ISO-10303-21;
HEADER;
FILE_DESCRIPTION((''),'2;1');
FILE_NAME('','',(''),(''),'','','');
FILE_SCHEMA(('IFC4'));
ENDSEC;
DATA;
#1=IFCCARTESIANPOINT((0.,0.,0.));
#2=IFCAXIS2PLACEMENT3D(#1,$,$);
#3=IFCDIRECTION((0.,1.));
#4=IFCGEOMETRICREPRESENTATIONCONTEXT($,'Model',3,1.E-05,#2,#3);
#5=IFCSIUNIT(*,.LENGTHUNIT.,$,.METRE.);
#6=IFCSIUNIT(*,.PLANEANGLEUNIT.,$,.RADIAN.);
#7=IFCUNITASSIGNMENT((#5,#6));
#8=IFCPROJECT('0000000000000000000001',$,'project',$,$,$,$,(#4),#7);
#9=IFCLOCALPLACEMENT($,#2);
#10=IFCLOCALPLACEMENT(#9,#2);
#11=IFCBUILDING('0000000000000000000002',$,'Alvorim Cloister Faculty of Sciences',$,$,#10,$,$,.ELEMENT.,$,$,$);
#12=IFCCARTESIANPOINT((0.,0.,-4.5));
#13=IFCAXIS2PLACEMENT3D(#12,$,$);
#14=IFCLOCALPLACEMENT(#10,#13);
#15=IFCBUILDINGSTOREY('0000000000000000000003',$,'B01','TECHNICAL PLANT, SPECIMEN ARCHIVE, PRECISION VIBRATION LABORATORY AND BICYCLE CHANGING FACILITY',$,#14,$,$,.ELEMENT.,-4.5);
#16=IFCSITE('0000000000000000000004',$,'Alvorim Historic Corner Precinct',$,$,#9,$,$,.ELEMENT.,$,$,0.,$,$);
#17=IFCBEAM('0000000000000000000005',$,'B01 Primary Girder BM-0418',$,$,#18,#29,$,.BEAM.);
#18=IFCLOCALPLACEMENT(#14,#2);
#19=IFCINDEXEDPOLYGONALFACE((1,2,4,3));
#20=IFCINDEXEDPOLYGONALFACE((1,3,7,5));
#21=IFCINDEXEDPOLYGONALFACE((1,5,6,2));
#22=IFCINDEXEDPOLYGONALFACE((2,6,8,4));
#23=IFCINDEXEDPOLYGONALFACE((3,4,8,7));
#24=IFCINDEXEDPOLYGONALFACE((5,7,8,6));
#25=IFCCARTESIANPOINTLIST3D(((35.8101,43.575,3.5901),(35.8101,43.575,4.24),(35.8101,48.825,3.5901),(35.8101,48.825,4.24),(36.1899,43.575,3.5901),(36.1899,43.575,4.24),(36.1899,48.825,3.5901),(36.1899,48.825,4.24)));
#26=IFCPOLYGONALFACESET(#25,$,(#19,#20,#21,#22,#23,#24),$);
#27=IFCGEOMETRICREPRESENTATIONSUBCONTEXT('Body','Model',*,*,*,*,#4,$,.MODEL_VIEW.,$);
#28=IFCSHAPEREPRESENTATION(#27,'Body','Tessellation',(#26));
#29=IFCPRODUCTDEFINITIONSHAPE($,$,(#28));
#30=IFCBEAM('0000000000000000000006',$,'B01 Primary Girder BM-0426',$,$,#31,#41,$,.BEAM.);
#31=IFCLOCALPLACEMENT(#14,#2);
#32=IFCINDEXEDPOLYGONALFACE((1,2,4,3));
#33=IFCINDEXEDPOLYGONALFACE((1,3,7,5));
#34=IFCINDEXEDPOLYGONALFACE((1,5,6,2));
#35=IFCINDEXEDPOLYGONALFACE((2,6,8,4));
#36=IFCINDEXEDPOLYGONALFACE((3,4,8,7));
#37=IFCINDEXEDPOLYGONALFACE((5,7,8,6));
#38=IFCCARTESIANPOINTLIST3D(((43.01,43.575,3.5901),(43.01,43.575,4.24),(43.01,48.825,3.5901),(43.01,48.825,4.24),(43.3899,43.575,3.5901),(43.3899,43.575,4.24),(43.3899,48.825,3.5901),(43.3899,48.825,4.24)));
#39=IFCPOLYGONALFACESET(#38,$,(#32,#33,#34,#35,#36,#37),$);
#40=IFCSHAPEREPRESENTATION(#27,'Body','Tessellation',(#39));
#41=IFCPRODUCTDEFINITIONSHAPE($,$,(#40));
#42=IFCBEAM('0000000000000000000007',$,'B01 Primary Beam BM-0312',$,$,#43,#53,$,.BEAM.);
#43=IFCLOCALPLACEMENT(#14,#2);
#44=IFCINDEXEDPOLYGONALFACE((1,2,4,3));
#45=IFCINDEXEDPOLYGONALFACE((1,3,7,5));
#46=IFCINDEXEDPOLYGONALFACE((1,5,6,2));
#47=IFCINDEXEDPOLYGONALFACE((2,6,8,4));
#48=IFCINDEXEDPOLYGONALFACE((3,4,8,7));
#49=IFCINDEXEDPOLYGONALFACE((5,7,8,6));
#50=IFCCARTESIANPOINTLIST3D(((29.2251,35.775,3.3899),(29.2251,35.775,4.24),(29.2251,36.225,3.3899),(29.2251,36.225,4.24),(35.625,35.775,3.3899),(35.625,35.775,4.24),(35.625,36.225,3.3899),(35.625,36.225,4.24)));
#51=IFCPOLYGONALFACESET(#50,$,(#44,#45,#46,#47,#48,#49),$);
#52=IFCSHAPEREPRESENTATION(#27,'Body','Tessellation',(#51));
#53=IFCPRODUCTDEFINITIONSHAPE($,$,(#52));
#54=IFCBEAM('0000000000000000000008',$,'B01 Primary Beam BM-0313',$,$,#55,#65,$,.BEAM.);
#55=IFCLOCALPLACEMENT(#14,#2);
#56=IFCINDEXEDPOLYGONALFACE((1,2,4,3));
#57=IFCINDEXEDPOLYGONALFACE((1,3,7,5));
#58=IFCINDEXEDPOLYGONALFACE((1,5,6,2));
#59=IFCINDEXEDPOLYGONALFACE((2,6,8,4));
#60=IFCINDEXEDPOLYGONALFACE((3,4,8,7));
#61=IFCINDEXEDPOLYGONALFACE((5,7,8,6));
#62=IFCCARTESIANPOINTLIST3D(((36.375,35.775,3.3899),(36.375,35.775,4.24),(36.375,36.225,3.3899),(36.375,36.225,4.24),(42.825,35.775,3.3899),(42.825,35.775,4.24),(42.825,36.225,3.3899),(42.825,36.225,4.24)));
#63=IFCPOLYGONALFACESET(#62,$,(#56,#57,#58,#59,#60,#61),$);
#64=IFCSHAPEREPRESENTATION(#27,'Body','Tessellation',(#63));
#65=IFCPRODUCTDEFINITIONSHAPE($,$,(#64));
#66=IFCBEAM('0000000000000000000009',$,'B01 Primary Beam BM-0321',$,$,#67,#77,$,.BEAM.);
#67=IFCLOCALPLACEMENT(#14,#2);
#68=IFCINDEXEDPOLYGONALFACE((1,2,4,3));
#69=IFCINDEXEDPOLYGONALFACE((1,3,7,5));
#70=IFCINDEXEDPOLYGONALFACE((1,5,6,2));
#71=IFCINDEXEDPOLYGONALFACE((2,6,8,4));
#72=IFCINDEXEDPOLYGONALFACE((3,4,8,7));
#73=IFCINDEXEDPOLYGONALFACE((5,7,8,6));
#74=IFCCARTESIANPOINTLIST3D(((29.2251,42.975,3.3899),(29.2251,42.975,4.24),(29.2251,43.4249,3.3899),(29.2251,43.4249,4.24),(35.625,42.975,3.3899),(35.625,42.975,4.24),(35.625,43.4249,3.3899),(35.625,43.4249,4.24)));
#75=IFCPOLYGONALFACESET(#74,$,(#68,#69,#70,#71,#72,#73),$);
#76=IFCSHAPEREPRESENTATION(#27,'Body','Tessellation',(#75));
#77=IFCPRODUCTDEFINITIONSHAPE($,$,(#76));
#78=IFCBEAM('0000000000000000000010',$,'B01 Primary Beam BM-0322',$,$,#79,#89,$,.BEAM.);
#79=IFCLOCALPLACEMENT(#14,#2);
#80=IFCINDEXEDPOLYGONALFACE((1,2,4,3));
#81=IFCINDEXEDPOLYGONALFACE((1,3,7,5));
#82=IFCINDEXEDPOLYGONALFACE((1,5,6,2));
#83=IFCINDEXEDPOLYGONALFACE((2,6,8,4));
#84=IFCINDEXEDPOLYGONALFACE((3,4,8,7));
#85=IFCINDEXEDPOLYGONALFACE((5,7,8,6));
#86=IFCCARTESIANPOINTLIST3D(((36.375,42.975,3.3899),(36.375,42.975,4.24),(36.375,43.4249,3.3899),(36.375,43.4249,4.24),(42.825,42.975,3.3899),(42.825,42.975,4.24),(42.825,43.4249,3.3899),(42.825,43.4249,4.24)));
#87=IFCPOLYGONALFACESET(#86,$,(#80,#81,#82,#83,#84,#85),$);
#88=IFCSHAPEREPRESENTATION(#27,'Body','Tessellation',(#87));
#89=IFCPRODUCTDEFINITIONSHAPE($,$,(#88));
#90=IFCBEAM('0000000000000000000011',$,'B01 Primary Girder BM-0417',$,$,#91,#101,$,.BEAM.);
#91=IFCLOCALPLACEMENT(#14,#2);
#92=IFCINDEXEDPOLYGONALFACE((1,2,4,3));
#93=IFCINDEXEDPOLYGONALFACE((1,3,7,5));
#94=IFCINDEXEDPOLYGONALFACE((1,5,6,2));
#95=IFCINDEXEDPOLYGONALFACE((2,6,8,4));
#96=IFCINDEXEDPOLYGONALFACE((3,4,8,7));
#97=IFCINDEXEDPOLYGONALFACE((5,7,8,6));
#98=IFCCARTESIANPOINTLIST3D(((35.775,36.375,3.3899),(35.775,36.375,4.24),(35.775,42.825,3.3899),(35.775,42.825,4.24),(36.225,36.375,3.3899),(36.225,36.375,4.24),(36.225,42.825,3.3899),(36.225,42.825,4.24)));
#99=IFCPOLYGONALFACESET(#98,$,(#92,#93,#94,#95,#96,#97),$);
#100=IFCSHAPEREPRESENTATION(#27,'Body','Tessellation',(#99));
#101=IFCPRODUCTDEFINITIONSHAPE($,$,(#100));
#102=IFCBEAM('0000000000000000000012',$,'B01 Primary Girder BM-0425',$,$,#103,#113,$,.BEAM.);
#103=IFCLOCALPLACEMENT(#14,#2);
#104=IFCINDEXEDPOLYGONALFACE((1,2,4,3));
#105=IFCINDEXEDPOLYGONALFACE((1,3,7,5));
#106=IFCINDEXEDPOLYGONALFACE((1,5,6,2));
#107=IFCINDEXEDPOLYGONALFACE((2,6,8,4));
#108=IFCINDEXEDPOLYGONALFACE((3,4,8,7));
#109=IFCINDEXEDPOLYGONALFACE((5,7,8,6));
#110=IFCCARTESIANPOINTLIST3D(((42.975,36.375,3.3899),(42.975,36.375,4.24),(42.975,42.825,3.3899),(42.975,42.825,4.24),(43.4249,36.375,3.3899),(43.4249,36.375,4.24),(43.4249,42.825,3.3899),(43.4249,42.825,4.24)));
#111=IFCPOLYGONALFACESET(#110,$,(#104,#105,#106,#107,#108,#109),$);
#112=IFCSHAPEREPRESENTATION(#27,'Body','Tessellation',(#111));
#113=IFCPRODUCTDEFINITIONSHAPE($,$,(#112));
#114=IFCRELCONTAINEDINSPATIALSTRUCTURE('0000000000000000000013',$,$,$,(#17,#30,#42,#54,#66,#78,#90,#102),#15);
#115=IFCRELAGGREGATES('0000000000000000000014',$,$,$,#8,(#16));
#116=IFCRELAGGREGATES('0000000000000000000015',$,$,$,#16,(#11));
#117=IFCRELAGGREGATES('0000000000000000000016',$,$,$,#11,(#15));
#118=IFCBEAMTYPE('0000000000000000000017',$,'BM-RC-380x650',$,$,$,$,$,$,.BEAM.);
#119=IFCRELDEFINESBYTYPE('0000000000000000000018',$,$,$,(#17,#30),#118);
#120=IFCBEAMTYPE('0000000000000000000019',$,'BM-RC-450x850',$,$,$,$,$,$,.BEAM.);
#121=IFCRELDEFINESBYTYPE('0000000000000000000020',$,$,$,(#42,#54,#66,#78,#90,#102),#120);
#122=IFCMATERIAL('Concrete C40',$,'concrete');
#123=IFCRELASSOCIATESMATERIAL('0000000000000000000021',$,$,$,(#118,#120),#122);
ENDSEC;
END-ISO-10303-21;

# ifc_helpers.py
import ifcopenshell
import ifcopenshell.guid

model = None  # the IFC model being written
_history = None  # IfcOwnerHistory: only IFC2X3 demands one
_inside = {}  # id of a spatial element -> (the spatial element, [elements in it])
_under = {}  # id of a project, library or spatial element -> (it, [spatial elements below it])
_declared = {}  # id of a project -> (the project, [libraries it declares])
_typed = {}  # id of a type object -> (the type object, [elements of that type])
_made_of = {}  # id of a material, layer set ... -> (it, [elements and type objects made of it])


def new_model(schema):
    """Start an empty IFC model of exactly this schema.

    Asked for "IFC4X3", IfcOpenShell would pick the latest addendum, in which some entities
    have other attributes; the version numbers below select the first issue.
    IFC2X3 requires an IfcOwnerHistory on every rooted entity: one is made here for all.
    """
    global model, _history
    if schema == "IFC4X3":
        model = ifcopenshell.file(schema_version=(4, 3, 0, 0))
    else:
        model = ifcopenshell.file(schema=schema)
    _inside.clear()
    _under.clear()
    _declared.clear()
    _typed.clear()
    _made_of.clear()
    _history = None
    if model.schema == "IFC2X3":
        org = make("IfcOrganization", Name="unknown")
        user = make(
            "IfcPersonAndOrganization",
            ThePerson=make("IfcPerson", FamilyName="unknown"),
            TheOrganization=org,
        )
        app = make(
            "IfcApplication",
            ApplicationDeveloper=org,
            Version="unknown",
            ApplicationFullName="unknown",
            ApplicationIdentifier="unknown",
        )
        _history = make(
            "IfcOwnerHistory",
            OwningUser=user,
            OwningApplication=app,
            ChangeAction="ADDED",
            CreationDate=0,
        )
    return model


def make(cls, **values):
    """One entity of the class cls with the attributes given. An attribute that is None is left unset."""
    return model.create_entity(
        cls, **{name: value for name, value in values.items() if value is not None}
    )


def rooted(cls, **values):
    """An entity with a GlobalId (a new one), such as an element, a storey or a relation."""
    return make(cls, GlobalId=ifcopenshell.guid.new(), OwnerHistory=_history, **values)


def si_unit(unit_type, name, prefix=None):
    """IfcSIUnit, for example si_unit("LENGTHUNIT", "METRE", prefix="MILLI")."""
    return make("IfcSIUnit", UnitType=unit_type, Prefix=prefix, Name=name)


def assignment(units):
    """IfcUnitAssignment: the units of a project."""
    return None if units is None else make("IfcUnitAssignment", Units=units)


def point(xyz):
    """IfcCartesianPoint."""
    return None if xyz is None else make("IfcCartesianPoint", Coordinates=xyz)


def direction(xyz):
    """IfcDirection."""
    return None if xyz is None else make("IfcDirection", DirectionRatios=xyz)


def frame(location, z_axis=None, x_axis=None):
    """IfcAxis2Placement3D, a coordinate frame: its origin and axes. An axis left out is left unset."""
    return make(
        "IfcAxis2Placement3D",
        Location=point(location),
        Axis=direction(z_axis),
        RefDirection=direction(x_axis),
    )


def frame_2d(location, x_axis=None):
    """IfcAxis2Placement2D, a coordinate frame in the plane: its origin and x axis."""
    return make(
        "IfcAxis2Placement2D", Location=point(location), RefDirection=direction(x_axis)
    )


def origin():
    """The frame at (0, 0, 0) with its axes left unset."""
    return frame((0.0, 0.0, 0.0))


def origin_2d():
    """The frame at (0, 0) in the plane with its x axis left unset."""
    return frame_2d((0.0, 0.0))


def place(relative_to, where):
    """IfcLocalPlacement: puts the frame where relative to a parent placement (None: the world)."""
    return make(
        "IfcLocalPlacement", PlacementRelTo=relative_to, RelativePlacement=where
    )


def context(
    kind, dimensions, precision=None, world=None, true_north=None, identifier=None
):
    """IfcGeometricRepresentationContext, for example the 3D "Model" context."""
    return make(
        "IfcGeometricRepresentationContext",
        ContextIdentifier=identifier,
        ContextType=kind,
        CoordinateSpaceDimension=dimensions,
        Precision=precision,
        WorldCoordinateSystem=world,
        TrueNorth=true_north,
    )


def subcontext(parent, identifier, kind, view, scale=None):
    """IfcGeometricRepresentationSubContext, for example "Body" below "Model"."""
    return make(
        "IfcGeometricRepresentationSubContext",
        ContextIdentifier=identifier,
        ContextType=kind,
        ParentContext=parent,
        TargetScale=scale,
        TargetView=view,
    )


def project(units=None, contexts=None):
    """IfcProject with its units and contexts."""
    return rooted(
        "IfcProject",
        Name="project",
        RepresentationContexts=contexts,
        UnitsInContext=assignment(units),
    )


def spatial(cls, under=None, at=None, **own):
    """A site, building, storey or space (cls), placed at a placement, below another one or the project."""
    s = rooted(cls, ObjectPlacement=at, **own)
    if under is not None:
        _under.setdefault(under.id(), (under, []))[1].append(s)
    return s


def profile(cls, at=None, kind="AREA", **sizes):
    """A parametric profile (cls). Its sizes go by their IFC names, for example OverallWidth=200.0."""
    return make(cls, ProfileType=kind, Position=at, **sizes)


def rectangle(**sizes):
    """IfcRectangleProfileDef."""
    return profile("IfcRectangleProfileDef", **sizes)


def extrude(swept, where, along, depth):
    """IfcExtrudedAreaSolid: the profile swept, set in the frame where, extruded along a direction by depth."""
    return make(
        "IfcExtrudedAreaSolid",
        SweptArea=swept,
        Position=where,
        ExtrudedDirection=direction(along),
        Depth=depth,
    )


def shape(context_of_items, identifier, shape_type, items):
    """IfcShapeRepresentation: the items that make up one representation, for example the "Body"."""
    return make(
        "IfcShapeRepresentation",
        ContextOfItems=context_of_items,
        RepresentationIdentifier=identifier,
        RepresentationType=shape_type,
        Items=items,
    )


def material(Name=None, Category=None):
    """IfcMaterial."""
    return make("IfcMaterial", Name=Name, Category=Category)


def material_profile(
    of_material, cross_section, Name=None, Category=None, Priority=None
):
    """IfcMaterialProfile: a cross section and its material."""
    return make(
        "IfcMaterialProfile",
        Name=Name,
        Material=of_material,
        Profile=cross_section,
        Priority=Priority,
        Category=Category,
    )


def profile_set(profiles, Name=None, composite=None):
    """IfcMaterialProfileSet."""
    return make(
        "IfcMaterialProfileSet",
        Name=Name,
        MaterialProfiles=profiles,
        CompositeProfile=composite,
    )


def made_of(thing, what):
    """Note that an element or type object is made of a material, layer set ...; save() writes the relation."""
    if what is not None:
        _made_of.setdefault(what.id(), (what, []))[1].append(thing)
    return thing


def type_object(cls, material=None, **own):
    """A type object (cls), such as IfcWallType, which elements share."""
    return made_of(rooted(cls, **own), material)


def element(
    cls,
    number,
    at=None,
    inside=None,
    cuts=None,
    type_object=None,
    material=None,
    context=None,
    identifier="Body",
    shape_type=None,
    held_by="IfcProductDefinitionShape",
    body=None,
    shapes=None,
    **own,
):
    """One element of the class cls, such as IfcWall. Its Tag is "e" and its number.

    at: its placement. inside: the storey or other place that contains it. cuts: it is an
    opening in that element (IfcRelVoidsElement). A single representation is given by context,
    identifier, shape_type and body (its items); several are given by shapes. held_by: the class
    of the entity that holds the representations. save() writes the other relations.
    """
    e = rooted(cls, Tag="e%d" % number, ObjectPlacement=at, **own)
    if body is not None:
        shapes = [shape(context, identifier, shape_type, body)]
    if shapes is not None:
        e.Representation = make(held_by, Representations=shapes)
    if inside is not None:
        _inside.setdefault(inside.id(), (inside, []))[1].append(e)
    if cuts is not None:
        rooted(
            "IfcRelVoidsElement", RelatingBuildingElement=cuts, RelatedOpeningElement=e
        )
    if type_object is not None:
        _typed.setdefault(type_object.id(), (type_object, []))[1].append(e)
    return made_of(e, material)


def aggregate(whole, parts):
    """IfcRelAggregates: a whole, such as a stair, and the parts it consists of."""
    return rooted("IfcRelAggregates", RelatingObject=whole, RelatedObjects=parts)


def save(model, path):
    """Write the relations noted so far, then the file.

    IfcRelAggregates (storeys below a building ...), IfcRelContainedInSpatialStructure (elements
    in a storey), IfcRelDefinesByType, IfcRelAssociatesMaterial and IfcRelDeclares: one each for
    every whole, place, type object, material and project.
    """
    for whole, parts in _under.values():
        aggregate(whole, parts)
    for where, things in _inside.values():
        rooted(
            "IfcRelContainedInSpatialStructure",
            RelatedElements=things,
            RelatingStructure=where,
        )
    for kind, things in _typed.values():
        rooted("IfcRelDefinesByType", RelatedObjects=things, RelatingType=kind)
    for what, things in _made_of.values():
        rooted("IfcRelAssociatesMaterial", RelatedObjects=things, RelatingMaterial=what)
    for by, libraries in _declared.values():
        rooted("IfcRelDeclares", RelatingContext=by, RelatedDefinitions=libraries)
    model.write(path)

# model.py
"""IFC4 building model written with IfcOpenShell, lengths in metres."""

from ifc_helpers import new_model, si_unit, direction, frame, origin, origin_2d, place, context, subcontext, project, spatial, rectangle, extrude, material, material_profile, profile_set, type_object, element, save


model = new_model("IFC4")

# Units and contexts
model_context = context("Model", 3, precision=1e-05, world=origin(), true_north=direction((0.0, 1.0)))
body_context = subcontext(model_context, "Body", "Model", "MODEL_VIEW")
ifc_project = project(units=[si_unit("LENGTHUNIT", "METRE"), si_unit("PLANEANGLEUNIT", "RADIAN")], contexts=[model_context])

# Site, building, storey
site_placement = place(None, origin())
site = spatial("IfcSite", under=ifc_project, at=site_placement, Name="Alvorim Historic Corner Precinct", CompositionType="ELEMENT", RefElevation=0.0)
building_placement = place(site_placement, origin())
building = spatial("IfcBuilding", under=site, at=building_placement, Name="Alvorim Cloister Faculty of Sciences", CompositionType="ELEMENT")
storey_placement = place(building_placement, frame((0.0, 0.0, -4.5)))
storey = spatial("IfcBuildingStorey", under=building, at=storey_placement, Name="B01", Description="TECHNICAL PLANT, SPECIMEN ARCHIVE, PRECISION VIBRATION LABORATORY AND BICYCLE CHANGING FACILITY", CompositionType="ELEMENT", Elevation=-4.5)

# Shared definitions
ifc_material_1 = material(Name="Concrete C40", Category="concrete")

# Beams
ifc_material_profile_1 = material_profile(ifc_material_1, rectangle(XDim=0.3799, YDim=0.6499, at=origin_2d()), Name="RC40-BM-380x650")
ifc_profile_set_1 = profile_set([ifc_material_profile_1], Name="Concrete C40")
beam_type_1 = type_object("IfcBeamType", Name="BM-RC-380x650", PredefinedType="BEAM", material=ifc_profile_set_1)
for number, where, z_axis, x_axis, name in (
    (1, (36.0, 43.575, 3.915), (0.0, 1.0, 0.0), (-1.0, 0.0, 0.0), "B01 Primary Girder BM-0418"),
    (2, (43.2, 43.575, 3.915), (0.0, 1.0, 0.0), (-1.0, 0.0, 0.0), "B01 Primary Girder BM-0426"),
):
    element("IfcBeam", number, at=place(storey_placement, frame(where, z_axis=z_axis, x_axis=x_axis)), inside=storey, type_object=beam_type_1, Name=name, PredefinedType="BEAM", context=body_context, shape_type="SweptSolid", body=[
        extrude(rectangle(XDim=0.3799, YDim=0.6499, at=origin_2d()), origin(), (0.0, 0.0, 1.0), 5.25),
    ])
ifc_material_profile_2 = material_profile(ifc_material_1, rectangle(XDim=0.45, YDim=0.8501, at=origin_2d()), Name="RC40-BM-450x850")
ifc_profile_set_2 = profile_set([ifc_material_profile_2], Name="Concrete C40")
beam_type_2 = type_object("IfcBeamType", Name="BM-RC-450x850", PredefinedType="BEAM", material=ifc_profile_set_2)
beam_1_placement = place(storey_placement, frame((29.2251, 36.0, 3.8149), z_axis=(1.0, 0.0, 0.0), x_axis=(0.0, 1.0, 0.0)))
element("IfcBeam", 3, at=beam_1_placement, inside=storey, type_object=beam_type_2, Name="B01 Primary Beam BM-0312", PredefinedType="BEAM", context=body_context, shape_type="SweptSolid", body=[
    extrude(rectangle(XDim=0.45, YDim=0.8501, at=origin_2d()), origin(), (0.0, 0.0, 1.0), 6.3999),
])
beam_2_placement = place(storey_placement, frame((36.375, 36.0, 3.8149), z_axis=(1.0, 0.0, 0.0), x_axis=(0.0, 1.0, 0.0)))
element("IfcBeam", 4, at=beam_2_placement, inside=storey, type_object=beam_type_2, Name="B01 Primary Beam BM-0313", PredefinedType="BEAM", context=body_context, shape_type="SweptSolid", body=[
    extrude(rectangle(XDim=0.45, YDim=0.8501, at=origin_2d()), origin(), (0.0, 0.0, 1.0), 6.45),
])
beam_3_placement = place(storey_placement, frame((29.2251, 43.2, 3.8149), z_axis=(1.0, 0.0, 0.0), x_axis=(0.0, 1.0, 0.0)))
element("IfcBeam", 5, at=beam_3_placement, inside=storey, type_object=beam_type_2, Name="B01 Primary Beam BM-0321", PredefinedType="BEAM", context=body_context, shape_type="SweptSolid", body=[
    extrude(rectangle(XDim=0.45, YDim=0.8501, at=origin_2d()), origin(), (0.0, 0.0, 1.0), 6.3999),
])
for number, where, z_axis, x_axis, name in (
    (6, (36.375, 43.2, 3.8149), (1.0, 0.0, 0.0), (0.0, 1.0, 0.0), "B01 Primary Beam BM-0322"),
    (7, (36.0, 36.375, 3.8149), (0.0, 1.0, 0.0), (-1.0, 0.0, 0.0), "B01 Primary Girder BM-0417"),
    (8, (43.2, 36.375, 3.8149), (0.0, 1.0, 0.0), (-1.0, 0.0, 0.0), "B01 Primary Girder BM-0425"),
):
    element("IfcBeam", number, at=place(storey_placement, frame(where, z_axis=z_axis, x_axis=x_axis)), inside=storey, type_object=beam_type_2, Name=name, PredefinedType="BEAM", context=body_context, shape_type="SweptSolid", body=[
        extrude(rectangle(XDim=0.45, YDim=0.8501, at=origin_2d()), origin(), (0.0, 0.0, 1.0), 6.45),
    ])

save(model, "model.ifc")
